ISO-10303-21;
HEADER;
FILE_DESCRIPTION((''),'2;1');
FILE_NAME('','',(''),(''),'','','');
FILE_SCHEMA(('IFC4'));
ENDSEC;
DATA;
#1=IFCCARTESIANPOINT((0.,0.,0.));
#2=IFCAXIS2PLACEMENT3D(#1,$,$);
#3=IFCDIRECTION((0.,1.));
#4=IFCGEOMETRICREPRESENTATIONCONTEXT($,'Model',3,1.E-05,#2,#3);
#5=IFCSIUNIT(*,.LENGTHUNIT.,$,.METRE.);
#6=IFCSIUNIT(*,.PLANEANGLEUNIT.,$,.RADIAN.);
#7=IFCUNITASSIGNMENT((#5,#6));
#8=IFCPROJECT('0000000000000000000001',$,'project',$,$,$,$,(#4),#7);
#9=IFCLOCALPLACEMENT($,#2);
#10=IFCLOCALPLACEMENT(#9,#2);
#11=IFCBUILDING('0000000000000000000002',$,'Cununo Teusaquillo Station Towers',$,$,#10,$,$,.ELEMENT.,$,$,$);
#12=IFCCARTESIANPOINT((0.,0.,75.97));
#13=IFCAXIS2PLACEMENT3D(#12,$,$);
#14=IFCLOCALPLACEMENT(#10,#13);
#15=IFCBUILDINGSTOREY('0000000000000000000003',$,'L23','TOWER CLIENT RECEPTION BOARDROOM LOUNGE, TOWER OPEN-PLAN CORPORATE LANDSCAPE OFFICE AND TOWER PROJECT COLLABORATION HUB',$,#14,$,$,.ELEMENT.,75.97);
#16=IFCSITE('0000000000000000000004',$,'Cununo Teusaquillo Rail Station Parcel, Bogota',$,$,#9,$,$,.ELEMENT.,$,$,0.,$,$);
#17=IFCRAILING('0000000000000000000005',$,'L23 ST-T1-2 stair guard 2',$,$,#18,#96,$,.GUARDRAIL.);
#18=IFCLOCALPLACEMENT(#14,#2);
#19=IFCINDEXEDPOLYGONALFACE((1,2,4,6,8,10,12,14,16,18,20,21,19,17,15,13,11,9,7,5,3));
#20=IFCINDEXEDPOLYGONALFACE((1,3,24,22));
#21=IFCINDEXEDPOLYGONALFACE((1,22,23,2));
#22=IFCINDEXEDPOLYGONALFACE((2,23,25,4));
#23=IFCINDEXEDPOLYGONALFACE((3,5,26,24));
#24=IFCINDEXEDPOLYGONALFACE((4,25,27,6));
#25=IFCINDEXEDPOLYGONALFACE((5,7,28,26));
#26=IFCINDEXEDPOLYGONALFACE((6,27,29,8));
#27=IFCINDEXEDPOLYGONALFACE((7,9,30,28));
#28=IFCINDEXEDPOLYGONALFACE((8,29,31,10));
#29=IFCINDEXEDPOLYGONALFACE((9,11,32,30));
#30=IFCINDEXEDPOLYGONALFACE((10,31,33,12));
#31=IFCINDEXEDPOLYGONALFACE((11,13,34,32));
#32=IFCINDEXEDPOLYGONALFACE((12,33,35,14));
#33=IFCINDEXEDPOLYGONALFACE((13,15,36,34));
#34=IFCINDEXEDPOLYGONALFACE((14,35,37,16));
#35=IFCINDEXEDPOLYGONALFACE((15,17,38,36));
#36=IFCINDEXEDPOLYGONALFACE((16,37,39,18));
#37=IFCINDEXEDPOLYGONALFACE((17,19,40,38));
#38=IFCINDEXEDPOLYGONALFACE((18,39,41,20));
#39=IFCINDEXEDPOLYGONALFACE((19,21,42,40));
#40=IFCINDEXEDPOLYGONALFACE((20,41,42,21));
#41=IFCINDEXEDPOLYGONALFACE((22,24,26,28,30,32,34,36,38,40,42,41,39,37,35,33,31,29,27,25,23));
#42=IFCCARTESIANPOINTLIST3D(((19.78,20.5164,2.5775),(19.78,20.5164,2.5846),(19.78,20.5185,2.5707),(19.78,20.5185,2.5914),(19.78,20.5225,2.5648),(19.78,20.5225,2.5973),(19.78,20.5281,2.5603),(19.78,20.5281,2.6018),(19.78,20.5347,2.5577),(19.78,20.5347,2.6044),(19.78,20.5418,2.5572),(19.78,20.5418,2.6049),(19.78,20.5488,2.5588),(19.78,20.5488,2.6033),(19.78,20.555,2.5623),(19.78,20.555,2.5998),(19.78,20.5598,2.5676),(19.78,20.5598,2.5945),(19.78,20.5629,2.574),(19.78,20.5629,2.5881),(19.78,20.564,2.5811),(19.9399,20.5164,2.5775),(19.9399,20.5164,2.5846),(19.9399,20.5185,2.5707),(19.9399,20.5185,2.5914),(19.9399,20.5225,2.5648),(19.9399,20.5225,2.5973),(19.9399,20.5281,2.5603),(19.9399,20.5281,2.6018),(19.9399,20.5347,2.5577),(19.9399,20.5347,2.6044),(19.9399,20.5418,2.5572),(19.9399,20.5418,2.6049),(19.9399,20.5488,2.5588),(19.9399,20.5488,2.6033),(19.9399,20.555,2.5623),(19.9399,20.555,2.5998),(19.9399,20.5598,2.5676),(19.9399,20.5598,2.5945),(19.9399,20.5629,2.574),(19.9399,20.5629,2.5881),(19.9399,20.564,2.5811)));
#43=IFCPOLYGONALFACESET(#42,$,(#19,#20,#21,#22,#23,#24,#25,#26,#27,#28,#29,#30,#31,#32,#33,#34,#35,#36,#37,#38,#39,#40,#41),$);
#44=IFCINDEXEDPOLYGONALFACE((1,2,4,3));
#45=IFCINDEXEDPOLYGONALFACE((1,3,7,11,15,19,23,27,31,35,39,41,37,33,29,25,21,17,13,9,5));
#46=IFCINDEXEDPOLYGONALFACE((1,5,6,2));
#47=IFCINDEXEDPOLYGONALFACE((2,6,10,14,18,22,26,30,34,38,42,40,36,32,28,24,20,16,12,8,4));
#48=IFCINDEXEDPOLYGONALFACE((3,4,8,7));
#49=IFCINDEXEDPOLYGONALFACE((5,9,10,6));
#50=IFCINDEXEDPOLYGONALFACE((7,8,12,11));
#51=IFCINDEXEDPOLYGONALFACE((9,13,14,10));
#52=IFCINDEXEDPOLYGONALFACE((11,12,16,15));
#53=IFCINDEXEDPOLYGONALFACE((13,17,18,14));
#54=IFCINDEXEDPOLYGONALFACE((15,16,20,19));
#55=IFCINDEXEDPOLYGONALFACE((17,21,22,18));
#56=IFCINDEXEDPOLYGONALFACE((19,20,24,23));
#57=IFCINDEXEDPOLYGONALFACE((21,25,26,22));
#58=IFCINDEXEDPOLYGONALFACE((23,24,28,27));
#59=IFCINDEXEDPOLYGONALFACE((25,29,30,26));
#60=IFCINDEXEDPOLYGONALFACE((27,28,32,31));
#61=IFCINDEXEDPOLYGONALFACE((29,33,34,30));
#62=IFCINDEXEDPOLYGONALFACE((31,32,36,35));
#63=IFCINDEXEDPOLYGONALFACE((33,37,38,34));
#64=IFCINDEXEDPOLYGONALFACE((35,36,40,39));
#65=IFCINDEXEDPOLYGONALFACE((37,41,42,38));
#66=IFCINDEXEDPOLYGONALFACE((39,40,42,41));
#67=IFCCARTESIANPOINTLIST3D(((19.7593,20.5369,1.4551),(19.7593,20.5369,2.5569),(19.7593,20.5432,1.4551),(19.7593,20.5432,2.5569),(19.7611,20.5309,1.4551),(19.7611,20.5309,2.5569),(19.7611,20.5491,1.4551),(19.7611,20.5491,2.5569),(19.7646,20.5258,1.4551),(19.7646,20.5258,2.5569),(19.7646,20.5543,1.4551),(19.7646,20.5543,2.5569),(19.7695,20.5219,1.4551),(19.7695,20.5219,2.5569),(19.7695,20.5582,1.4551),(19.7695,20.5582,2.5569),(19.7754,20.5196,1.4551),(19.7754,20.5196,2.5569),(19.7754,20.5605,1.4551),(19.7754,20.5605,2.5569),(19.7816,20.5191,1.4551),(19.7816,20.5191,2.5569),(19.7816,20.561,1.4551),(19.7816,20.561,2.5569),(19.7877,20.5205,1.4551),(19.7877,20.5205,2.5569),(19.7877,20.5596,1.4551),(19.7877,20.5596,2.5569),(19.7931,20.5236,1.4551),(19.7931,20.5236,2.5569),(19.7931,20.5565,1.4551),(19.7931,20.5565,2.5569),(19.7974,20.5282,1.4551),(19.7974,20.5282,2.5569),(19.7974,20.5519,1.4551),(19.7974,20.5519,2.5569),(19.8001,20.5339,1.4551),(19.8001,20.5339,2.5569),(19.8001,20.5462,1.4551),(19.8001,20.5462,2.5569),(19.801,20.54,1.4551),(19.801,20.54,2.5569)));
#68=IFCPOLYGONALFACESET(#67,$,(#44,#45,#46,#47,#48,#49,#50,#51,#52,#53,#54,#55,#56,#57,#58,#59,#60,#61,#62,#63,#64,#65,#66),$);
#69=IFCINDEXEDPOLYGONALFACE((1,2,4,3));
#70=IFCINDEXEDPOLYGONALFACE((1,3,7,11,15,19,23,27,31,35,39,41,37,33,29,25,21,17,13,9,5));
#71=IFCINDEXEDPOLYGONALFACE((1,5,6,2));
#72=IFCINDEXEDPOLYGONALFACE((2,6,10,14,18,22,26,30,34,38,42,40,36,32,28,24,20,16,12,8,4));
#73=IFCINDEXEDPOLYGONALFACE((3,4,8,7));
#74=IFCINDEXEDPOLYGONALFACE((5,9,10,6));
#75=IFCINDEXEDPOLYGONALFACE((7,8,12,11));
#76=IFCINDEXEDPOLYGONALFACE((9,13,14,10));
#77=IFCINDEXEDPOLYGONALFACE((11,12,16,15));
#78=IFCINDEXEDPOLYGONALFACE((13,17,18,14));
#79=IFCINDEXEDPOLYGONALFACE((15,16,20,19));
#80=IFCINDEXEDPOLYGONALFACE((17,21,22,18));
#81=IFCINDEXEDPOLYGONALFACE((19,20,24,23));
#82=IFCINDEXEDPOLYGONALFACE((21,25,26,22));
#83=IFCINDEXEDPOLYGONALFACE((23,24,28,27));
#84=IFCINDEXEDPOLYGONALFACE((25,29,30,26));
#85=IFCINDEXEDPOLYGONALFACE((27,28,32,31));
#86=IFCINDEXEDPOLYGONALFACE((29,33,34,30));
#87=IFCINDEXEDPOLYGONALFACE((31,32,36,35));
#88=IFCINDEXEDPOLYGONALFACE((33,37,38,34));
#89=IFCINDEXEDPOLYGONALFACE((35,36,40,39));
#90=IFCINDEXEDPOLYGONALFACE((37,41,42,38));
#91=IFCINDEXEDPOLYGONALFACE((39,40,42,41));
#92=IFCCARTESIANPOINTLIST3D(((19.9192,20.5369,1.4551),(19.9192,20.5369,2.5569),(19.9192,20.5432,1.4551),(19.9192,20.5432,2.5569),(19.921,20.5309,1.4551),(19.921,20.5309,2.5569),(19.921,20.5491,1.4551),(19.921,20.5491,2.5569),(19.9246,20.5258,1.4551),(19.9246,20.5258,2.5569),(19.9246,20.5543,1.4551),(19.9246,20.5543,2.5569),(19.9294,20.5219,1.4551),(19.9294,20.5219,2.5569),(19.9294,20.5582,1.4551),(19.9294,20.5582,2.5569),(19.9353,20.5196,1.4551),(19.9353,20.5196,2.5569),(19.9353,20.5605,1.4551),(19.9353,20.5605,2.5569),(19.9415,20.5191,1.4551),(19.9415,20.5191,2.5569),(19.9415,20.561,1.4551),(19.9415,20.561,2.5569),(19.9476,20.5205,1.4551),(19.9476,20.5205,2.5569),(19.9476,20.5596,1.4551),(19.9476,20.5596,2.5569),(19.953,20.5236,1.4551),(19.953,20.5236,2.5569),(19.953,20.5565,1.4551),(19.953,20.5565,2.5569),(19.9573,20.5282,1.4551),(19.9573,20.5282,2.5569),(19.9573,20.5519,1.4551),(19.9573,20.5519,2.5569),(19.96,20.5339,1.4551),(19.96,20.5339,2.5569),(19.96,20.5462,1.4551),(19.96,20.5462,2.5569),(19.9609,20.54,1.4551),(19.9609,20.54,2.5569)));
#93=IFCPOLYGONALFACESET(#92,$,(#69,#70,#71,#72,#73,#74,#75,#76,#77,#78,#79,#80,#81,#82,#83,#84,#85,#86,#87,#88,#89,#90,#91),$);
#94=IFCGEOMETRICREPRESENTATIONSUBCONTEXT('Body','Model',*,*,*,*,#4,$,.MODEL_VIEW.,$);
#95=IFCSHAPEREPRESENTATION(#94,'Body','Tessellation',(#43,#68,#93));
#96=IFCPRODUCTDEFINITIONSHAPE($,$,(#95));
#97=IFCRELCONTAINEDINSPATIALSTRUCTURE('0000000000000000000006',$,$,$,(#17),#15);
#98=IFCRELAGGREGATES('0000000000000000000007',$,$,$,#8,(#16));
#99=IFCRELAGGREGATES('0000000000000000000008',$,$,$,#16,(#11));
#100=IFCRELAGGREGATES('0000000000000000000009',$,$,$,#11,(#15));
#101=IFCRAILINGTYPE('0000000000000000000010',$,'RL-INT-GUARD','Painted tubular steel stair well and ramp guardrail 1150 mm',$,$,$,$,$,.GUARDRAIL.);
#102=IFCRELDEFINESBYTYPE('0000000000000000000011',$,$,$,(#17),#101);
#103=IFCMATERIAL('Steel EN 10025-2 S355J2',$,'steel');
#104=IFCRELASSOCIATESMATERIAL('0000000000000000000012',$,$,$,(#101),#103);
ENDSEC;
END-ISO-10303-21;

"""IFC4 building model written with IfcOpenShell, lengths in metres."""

from ifc_helpers import new_model, si_unit, direction, frame, origin, origin_2d, place, context, subcontext, project, spatial, circle, extrude, material, type_object, element, save


model = new_model("IFC4")

# Units and contexts
model_context = context("Model", 3, precision=1e-05, world=origin(), true_north=direction((0.0, 1.0)))
body_context = subcontext(model_context, "Body", "Model", "MODEL_VIEW")
ifc_project = project(units=[si_unit("LENGTHUNIT", "METRE"), si_unit("PLANEANGLEUNIT", "RADIAN")], contexts=[model_context])

# Site, building, storey
site_placement = place(None, origin())
site = spatial("IfcSite", under=ifc_project, at=site_placement, Name="Cununo Teusaquillo Rail Station Parcel, Bogota", CompositionType="ELEMENT", RefElevation=0.0)
building_placement = place(site_placement, origin())
building = spatial("IfcBuilding", under=site, at=building_placement, Name="Cununo Teusaquillo Station Towers", CompositionType="ELEMENT")
storey_placement = place(building_placement, frame((0.0, 0.0, 75.97)))
storey = spatial("IfcBuildingStorey", under=building, at=storey_placement, Name="L23", Description="TOWER CLIENT RECEPTION BOARDROOM LOUNGE, TOWER OPEN-PLAN CORPORATE LANDSCAPE OFFICE AND TOWER PROJECT COLLABORATION HUB", CompositionType="ELEMENT", Elevation=75.97)

# Railing
ifc_material_1 = material(Name="Steel EN 10025-2 S355J2", Category="steel")
railing_type_1 = type_object("IfcRailingType", Name="RL-INT-GUARD", Description="Painted tubular steel stair well and ramp guardrail 1150 mm", PredefinedType="GUARDRAIL", material=ifc_material_1)
railing_1_placement = place(storey_placement, frame((19.78, 20.54, 1.4551)))
element("IfcRailing", 1, at=railing_1_placement, inside=storey, type_object=railing_type_1, Name="L23 ST-T1-2 stair guard 2", PredefinedType="GUARDRAIL", context=body_context, shape_type="SweptSolid", body=[
    extrude(circle(Radius=0.0239, at=origin_2d()), frame((0.0, 0.0, 1.126), z_axis=(1.0, 0.0, 0.0), x_axis=(0.0, 1.0, 0.0)), (0.0, 0.0, 1.0), 0.1599),
    extrude(circle(Radius=0.021, at=origin_2d()), origin(), (0.0, 0.0, 1.0), 1.1018),
    extrude(circle(Radius=0.021, at=origin_2d()), frame((0.1599, 0.0, 0.0)), (0.0, 0.0, 1.0), 1.1018),
])

save(model, "model.ifc")
